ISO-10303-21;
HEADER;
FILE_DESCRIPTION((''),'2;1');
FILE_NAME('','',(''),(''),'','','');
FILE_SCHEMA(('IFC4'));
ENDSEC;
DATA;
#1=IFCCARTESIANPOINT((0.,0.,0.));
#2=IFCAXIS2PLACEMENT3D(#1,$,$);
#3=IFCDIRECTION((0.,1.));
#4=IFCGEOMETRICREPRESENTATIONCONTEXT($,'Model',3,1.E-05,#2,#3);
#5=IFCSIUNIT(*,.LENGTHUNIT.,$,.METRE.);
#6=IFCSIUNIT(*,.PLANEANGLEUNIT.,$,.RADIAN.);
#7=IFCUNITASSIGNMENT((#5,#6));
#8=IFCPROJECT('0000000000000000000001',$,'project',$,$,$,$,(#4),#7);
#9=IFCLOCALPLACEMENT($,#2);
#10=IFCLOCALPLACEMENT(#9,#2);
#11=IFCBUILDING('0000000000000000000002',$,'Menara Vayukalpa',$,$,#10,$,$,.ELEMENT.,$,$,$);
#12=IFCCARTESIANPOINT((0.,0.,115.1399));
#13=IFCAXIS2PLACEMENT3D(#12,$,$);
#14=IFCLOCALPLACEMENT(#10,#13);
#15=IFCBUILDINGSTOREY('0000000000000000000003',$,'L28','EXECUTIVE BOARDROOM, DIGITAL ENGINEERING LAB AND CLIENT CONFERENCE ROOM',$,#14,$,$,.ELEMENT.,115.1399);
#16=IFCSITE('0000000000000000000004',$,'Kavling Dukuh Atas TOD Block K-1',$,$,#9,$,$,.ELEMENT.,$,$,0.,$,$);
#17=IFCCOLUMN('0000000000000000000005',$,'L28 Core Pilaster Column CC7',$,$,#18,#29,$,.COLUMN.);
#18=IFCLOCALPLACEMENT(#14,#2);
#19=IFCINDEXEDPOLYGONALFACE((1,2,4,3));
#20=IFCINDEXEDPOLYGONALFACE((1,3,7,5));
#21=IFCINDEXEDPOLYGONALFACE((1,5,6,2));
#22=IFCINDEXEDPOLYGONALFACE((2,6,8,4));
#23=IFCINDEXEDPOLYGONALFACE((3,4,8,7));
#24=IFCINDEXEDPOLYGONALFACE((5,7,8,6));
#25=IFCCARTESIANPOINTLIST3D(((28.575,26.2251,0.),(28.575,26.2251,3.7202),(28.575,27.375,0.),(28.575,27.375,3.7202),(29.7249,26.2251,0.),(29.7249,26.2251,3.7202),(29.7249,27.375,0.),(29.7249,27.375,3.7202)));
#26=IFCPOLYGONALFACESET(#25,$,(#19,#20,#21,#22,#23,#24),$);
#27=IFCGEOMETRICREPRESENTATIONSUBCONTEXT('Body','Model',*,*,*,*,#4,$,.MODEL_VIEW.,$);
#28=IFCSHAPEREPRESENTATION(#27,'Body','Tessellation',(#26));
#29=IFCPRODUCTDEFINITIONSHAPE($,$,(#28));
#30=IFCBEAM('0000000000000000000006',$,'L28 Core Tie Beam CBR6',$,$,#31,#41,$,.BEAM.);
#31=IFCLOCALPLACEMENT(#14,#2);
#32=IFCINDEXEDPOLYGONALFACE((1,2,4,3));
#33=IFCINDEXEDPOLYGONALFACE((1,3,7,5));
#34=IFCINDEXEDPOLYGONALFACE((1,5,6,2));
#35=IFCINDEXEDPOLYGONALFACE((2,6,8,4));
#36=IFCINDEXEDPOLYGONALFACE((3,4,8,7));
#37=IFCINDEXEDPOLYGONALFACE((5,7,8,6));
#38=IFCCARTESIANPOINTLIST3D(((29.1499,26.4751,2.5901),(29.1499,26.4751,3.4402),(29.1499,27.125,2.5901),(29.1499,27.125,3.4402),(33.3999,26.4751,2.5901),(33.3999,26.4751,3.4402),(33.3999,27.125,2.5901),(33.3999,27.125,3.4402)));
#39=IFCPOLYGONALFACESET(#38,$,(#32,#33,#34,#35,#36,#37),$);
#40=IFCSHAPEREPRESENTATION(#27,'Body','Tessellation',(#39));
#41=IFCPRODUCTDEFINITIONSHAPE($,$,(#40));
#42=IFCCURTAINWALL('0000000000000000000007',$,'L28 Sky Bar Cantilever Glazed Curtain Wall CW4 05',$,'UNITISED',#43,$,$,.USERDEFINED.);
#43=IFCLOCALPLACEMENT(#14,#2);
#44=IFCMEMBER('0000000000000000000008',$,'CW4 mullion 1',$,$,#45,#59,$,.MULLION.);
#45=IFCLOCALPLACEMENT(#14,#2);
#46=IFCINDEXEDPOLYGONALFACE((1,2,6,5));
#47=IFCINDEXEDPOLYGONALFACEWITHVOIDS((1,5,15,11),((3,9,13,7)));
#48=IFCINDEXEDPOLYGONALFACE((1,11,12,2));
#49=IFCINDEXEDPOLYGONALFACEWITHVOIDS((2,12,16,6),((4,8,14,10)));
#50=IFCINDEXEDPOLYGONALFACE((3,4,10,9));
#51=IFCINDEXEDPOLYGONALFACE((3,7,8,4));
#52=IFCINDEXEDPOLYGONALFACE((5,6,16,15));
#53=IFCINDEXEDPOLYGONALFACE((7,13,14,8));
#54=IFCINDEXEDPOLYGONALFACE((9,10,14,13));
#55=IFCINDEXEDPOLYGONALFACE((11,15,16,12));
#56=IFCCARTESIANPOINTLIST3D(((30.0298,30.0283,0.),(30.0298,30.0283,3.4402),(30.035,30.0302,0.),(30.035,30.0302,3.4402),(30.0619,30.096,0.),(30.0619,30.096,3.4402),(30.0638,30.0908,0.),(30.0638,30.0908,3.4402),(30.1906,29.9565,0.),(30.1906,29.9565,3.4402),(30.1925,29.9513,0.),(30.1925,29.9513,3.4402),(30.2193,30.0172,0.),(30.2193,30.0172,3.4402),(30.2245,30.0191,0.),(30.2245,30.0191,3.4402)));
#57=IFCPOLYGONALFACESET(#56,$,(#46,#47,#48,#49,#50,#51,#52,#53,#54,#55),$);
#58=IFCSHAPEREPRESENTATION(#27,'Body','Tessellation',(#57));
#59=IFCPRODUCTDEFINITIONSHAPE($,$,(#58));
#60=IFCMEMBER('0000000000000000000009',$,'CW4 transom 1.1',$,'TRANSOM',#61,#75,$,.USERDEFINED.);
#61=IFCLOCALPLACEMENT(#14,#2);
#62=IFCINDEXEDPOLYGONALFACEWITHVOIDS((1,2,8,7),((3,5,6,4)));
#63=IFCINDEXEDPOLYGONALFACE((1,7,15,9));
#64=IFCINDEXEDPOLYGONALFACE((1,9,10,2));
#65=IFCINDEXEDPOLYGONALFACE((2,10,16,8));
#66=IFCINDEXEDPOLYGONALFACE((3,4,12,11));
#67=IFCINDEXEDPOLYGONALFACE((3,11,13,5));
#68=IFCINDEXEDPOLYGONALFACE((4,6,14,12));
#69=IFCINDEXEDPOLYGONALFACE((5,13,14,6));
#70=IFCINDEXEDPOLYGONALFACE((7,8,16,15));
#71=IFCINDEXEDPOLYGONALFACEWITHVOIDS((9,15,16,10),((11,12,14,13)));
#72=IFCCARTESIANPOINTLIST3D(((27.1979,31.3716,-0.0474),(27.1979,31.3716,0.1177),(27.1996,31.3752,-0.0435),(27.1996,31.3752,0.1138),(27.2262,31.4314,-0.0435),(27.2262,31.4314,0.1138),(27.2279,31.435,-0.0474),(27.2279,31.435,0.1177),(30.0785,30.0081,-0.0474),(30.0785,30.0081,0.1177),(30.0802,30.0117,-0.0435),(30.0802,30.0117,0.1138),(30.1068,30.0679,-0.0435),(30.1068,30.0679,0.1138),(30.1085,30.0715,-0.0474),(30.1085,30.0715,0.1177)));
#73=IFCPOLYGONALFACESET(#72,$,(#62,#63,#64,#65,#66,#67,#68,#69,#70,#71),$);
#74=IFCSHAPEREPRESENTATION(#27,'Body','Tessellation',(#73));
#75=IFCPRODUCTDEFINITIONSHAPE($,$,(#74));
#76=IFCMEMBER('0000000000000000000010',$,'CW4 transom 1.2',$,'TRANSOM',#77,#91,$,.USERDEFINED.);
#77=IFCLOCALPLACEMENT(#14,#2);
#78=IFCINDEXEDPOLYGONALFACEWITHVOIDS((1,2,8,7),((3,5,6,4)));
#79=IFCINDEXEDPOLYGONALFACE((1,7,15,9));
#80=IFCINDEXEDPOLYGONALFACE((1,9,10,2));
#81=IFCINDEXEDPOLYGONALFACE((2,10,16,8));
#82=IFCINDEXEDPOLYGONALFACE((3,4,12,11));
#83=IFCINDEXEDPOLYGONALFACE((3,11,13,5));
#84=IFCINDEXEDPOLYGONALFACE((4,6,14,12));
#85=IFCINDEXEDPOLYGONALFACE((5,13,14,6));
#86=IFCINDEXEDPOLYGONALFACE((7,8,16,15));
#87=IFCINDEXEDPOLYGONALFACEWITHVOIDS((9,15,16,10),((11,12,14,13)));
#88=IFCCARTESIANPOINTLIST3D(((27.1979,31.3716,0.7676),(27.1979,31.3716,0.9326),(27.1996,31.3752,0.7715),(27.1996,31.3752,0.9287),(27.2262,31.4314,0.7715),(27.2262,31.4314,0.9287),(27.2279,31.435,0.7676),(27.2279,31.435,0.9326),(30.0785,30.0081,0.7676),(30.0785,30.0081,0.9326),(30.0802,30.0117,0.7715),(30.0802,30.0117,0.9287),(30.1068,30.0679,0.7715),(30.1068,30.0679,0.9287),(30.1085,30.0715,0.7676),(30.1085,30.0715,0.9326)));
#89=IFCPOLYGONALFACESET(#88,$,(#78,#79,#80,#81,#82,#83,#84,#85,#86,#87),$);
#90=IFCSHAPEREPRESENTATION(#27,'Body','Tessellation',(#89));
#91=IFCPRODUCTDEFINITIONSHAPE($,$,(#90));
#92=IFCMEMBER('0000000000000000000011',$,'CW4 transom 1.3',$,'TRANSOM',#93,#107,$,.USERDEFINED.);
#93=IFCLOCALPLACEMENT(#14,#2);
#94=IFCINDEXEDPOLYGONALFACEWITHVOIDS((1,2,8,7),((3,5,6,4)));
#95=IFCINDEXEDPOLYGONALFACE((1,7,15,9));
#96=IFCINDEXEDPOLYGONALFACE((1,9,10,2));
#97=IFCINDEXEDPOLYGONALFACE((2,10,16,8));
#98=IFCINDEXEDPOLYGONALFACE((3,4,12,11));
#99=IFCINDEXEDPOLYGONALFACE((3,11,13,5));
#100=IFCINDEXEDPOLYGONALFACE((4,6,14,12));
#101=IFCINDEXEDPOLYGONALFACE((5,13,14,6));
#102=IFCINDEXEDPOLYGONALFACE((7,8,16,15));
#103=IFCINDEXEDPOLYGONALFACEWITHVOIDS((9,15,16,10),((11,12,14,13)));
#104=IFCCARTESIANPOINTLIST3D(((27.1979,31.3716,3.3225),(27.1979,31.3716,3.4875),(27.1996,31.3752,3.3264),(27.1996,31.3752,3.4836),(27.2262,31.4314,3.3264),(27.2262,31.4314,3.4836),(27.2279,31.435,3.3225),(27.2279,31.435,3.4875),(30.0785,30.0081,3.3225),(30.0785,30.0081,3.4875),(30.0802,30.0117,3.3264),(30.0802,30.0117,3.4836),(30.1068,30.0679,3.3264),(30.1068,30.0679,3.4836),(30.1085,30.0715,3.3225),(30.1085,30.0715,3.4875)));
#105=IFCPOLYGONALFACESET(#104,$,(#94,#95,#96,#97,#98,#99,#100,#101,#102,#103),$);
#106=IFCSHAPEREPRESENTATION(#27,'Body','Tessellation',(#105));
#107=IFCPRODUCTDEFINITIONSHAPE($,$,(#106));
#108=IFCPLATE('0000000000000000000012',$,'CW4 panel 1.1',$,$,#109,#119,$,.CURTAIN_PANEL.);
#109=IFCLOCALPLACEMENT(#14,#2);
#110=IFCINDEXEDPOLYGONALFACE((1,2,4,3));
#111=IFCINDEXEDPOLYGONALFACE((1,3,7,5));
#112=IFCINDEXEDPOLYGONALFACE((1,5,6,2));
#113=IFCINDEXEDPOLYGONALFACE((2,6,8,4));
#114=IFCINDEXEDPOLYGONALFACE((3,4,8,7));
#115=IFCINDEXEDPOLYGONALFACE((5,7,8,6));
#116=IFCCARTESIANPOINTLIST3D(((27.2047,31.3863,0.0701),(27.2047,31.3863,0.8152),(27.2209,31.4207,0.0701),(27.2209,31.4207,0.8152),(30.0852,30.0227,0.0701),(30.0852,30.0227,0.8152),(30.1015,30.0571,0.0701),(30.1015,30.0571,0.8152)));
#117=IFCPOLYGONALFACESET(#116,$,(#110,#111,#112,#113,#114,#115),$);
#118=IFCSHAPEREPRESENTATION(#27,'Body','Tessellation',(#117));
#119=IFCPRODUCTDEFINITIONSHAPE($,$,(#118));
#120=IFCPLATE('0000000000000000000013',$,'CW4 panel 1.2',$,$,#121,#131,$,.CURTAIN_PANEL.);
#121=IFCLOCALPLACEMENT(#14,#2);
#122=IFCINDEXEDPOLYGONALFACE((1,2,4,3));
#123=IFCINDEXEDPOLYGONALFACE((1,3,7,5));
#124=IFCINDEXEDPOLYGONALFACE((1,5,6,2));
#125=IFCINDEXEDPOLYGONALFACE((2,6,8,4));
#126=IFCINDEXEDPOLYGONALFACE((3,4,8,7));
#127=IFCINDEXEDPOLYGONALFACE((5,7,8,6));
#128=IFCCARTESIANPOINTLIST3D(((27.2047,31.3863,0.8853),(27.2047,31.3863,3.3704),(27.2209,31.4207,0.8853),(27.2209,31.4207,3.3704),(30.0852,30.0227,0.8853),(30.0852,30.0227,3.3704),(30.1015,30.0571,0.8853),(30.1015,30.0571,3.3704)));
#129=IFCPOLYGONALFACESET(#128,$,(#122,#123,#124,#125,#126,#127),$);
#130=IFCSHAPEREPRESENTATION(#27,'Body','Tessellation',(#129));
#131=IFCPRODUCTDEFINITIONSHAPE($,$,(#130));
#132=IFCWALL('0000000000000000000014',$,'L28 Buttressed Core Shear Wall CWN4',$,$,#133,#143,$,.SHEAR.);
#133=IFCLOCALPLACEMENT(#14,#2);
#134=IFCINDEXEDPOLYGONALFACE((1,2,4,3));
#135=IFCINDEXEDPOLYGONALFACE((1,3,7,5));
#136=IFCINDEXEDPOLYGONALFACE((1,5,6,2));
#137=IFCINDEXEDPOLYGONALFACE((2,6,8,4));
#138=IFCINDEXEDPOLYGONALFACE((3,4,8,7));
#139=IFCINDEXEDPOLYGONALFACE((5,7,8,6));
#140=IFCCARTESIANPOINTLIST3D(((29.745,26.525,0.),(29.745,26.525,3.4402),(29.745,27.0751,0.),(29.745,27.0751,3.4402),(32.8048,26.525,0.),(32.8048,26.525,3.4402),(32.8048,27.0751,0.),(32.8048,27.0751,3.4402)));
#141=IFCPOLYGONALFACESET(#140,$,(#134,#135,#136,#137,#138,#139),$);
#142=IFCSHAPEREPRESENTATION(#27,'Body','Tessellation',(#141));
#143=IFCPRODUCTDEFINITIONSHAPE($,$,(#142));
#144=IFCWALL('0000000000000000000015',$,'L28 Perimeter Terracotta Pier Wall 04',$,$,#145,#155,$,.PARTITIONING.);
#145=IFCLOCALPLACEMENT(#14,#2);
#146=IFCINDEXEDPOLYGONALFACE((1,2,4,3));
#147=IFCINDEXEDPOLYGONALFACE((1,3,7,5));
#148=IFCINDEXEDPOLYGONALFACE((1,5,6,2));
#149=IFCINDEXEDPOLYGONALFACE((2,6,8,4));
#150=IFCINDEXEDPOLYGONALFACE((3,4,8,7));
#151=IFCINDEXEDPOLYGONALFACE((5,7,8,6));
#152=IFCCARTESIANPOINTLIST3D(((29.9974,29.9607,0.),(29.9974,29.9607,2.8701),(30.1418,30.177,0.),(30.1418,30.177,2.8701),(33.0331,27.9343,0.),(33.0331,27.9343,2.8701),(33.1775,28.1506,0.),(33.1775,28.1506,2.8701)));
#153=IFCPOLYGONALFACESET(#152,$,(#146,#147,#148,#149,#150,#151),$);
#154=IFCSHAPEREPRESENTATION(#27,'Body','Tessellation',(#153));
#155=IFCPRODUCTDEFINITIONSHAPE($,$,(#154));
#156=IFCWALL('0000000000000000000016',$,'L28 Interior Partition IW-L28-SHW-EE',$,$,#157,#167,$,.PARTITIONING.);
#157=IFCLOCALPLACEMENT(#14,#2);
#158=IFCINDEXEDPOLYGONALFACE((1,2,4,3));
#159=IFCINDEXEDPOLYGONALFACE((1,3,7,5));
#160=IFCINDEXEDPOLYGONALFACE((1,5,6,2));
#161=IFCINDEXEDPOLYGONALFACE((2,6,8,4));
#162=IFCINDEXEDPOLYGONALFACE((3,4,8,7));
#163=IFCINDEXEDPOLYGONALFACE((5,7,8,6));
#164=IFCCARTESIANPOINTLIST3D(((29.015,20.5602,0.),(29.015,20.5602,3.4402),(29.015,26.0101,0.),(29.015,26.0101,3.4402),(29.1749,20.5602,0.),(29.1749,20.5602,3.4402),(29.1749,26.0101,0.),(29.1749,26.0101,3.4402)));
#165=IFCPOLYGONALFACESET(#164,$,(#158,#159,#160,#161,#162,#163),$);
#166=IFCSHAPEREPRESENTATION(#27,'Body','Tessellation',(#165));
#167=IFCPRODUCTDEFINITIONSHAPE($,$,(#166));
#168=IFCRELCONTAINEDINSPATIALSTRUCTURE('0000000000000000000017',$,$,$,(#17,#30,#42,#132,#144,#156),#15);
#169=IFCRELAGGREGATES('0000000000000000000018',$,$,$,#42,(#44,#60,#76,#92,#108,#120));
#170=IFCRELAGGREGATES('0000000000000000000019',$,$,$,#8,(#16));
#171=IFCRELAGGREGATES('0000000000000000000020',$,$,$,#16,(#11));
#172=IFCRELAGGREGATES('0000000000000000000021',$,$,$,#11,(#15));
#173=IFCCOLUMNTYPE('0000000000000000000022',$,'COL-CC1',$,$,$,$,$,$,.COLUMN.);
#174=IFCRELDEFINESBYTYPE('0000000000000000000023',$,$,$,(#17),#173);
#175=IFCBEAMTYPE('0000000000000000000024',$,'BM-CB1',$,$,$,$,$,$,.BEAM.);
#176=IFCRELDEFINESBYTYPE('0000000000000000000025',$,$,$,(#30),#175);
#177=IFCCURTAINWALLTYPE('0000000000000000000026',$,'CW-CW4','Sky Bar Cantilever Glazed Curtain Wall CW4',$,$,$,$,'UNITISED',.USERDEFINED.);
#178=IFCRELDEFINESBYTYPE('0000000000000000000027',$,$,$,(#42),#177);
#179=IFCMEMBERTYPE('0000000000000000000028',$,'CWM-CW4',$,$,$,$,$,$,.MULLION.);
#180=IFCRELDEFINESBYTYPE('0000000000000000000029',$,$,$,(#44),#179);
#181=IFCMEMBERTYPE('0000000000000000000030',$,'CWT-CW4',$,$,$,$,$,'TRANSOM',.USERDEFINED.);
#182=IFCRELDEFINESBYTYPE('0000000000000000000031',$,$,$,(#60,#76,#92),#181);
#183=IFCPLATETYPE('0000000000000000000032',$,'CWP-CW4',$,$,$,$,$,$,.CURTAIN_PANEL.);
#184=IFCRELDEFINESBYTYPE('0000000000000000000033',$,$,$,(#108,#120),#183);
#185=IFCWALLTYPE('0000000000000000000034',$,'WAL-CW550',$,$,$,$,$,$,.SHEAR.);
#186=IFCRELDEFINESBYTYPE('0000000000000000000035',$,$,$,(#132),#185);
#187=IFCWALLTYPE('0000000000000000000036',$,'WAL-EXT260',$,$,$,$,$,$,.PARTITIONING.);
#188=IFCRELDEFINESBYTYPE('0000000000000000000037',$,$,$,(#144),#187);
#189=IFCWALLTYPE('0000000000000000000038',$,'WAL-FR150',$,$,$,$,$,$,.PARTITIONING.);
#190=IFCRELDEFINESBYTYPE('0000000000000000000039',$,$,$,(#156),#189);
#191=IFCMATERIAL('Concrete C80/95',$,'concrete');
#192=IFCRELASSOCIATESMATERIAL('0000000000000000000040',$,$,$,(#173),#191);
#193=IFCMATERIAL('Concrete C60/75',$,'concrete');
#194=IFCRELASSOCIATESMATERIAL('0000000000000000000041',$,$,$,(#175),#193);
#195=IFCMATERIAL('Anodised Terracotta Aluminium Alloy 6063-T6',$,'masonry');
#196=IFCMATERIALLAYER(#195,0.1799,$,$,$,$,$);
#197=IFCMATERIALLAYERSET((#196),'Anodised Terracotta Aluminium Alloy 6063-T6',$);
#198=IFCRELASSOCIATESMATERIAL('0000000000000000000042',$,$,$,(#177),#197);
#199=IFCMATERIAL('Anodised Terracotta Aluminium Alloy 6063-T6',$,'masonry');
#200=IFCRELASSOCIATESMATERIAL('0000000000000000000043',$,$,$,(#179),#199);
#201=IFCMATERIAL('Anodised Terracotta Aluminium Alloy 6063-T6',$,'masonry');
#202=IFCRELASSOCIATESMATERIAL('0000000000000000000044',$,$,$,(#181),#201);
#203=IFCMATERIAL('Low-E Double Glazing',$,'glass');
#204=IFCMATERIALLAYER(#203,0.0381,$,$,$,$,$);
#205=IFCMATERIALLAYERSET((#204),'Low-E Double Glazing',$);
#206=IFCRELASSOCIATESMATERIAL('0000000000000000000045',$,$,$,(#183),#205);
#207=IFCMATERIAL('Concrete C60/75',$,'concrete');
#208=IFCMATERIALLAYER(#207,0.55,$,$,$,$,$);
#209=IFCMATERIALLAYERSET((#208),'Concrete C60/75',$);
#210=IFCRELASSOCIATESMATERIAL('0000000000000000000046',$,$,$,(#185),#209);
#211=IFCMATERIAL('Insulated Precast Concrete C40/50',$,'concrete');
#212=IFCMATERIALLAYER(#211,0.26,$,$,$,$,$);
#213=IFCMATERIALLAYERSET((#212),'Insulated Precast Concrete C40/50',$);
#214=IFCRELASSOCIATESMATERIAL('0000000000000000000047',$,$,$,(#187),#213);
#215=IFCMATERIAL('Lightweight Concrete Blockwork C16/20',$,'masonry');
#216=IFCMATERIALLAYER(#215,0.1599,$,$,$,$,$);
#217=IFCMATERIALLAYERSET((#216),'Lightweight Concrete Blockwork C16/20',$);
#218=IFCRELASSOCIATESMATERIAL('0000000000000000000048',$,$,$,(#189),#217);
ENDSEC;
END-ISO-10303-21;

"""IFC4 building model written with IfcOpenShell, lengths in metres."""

from ifc_helpers import new_model, si_unit, direction, frame, frame_2d, origin, origin_2d, place, context, subcontext, project, spatial, rectangle, hollow_rectangle, extrude, material, layer, layer_set, material_profile, profile_set, type_object, element, aggregate, save


model = new_model("IFC4")

# Units and contexts
model_context = context("Model", 3, precision=1e-05, world=origin(), true_north=direction((0.0, 1.0)))
body_context = subcontext(model_context, "Body", "Model", "MODEL_VIEW")
ifc_project = project(units=[si_unit("LENGTHUNIT", "METRE"), si_unit("PLANEANGLEUNIT", "RADIAN")], contexts=[model_context])

# Site, building, storey
site_placement = place(None, origin())
site = spatial("IfcSite", under=ifc_project, at=site_placement, Name="Kavling Dukuh Atas TOD Block K-1", CompositionType="ELEMENT", RefElevation=0.0)
building_placement = place(site_placement, origin())
building = spatial("IfcBuilding", under=site, at=building_placement, Name="Menara Vayukalpa", CompositionType="ELEMENT")
storey_placement = place(building_placement, frame((0.0, 0.0, 115.1399)))
storey = spatial("IfcBuildingStorey", under=building, at=storey_placement, Name="L28", Description="EXECUTIVE BOARDROOM, DIGITAL ENGINEERING LAB AND CLIENT CONFERENCE ROOM", CompositionType="ELEMENT", Elevation=115.1399)

# Column
ifc_material_1 = material(Name="Concrete C80/95", Category="concrete")
ifc_material_profile_1 = material_profile(ifc_material_1, rectangle(XDim=1.1499, YDim=1.1499, at=origin_2d()), Name="RC 1150x1150")
ifc_profile_set_1 = profile_set([ifc_material_profile_1], Name="Concrete C80/95")
column_type = type_object("IfcColumnType", Name="COL-CC1", PredefinedType="COLUMN", material=ifc_profile_set_1)
column_placement = place(storey_placement, frame((29.1499, 26.8, 0.0), z_axis=(0.0, 0.0, 1.0), x_axis=(1.0, 0.0, 0.0)))
element("IfcColumn", 1, at=column_placement, inside=storey, type_object=column_type, Name="L28 Core Pilaster Column CC7", PredefinedType="COLUMN", context=body_context, shape_type="SweptSolid", body=[
    extrude(rectangle(XDim=1.1499, YDim=1.1499, at=origin_2d()), origin(), (0.0, 0.0, 1.0), 3.7202),
])

# Beam
ifc_material_2 = material(Name="Concrete C60/75", Category="concrete")
ifc_material_profile_2 = material_profile(ifc_material_2, rectangle(XDim=0.6499, YDim=0.8501, at=origin_2d()), Name="RC 650x850")
ifc_profile_set_2 = profile_set([ifc_material_profile_2], Name="Concrete C60/75")
beam_type = type_object("IfcBeamType", Name="BM-CB1", PredefinedType="BEAM", material=ifc_profile_set_2)
beam_placement = place(storey_placement, frame((29.1499, 26.8, 3.0151), z_axis=(1.0, 0.0, 0.0), x_axis=(0.0, 1.0, 0.0)))
element("IfcBeam", 2, at=beam_placement, inside=storey, type_object=beam_type, Name="L28 Core Tie Beam CBR6", PredefinedType="BEAM", context=body_context, shape_type="SweptSolid", body=[
    extrude(rectangle(XDim=0.6499, YDim=0.8501, at=origin_2d()), origin(), (0.0, 0.0, 1.0), 4.25),
])

# Curtain wall, members, plates
ifc_material_3 = material(Name="Anodised Terracotta Aluminium Alloy 6063-T6", Category="masonry")
ifc_layer_1 = layer(ifc_material_3, 0.1799)
ifc_layer_set_1 = layer_set([ifc_layer_1], Name="Anodised Terracotta Aluminium Alloy 6063-T6")
curtain_wall_type = type_object("IfcCurtainWallType", Name="CW-CW4", Description="Sky Bar Cantilever Glazed Curtain Wall CW4", ElementType="UNITISED", PredefinedType="USERDEFINED", material=ifc_layer_set_1)
curtain_wall_placement = place(storey_placement, origin())
curtain_wall = element("IfcCurtainWall", 3, at=curtain_wall_placement, inside=storey, type_object=curtain_wall_type, Name="L28 Sky Bar Cantilever Glazed Curtain Wall CW4 05", ObjectType="UNITISED", PredefinedType="USERDEFINED")
ifc_material_4 = material(Name="Anodised Terracotta Aluminium Alloy 6063-T6", Category="masonry")
ifc_material_profile_3 = material_profile(ifc_material_4, hollow_rectangle(XDim=0.075, YDim=0.1799, WallThickness=0.0039, at=origin_2d()), Name="ALU 75x180x4")
ifc_profile_set_3 = profile_set([ifc_material_profile_3], Name="Anodised Terracotta Aluminium Alloy 6063-T6")
member_type_1 = type_object("IfcMemberType", Name="CWM-CW4", PredefinedType="MULLION", material=ifc_profile_set_3)
member_1_placement = place(storey_placement, frame((30.1272, 30.0237, 0.0), z_axis=(0.0, 0.0, 1.0), x_axis=(-0.427871, -0.90384, 0.0)))
member_1 = element("IfcMember", 4, at=member_1_placement, type_object=member_type_1, Name="CW4 mullion 1", PredefinedType="MULLION", context=body_context, shape_type="SweptSolid", body=[
    extrude(hollow_rectangle(XDim=0.075, YDim=0.1799, WallThickness=0.0039, at=origin_2d()), origin(), (0.0, 0.0, 1.0), 3.4402),
])
ifc_material_5 = material(Name="Anodised Terracotta Aluminium Alloy 6063-T6", Category="masonry")
ifc_material_profile_4 = material_profile(ifc_material_5, hollow_rectangle(XDim=0.0701, YDim=0.165, WallThickness=0.0039, at=origin_2d()), Name="ALU 70x165x4")
ifc_profile_set_4 = profile_set([ifc_material_profile_4], Name="Anodised Terracotta Aluminium Alloy 6063-T6")
member_type_2 = type_object("IfcMemberType", Name="CWT-CW4", ElementType="TRANSOM", PredefinedType="USERDEFINED", material=ifc_profile_set_4)
member_2_placement = place(storey_placement, frame((30.0935, 30.0398, 0.0352), z_axis=(-0.903856, 0.427836, 0.0), x_axis=(-0.427836, -0.903856, 0.0)))
member_2 = element("IfcMember", 5, at=member_2_placement, type_object=member_type_2, Name="CW4 transom 1.1", ObjectType="TRANSOM", PredefinedType="USERDEFINED", context=body_context, shape_type="SweptSolid", body=[
    extrude(hollow_rectangle(XDim=0.0701, YDim=0.165, WallThickness=0.0039, at=origin_2d()), origin(), (0.0, 0.0, 1.0), 3.187),
])
member_3_placement = place(storey_placement, frame((30.0935, 30.0398, 0.8501), z_axis=(-0.903856, 0.427836, 0.0), x_axis=(-0.427836, -0.903856, 0.0)))
member_3 = element("IfcMember", 6, at=member_3_placement, type_object=member_type_2, Name="CW4 transom 1.2", ObjectType="TRANSOM", PredefinedType="USERDEFINED", context=body_context, shape_type="SweptSolid", body=[
    extrude(hollow_rectangle(XDim=0.0701, YDim=0.165, WallThickness=0.0039, at=origin_2d()), origin(), (0.0, 0.0, 1.0), 3.187),
])
member_4_placement = place(storey_placement, frame((30.0935, 30.0398, 3.405), z_axis=(-0.903856, 0.427836, 0.0), x_axis=(-0.427836, -0.903856, 0.0)))
member_4 = element("IfcMember", 7, at=member_4_placement, type_object=member_type_2, Name="CW4 transom 1.3", ObjectType="TRANSOM", PredefinedType="USERDEFINED", context=body_context, shape_type="SweptSolid", body=[
    extrude(hollow_rectangle(XDim=0.0701, YDim=0.165, WallThickness=0.0039, at=origin_2d()), origin(), (0.0, 0.0, 1.0), 3.187),
])
ifc_material_6 = material(Name="Low-E Double Glazing", Category="glass")
ifc_layer_2 = layer(ifc_material_6, 0.0381)
ifc_layer_set_2 = layer_set([ifc_layer_2], Name="Low-E Double Glazing")
plate_type = type_object("IfcPlateType", Name="CWP-CW4", PredefinedType="CURTAIN_PANEL", material=ifc_layer_set_2)
plate_1_placement = place(storey_placement, frame((28.6531, 30.7217, 0.0701), z_axis=(0.0, 0.0, 1.0), x_axis=(-0.90384, 0.427871, 0.0)))
plate_1 = element("IfcPlate", 8, at=plate_1_placement, type_object=plate_type, Name="CW4 panel 1.1", PredefinedType="CURTAIN_PANEL", context=body_context, shape_type="SweptSolid", body=[
    extrude(rectangle(XDim=3.187, YDim=0.0381, at=origin_2d()), origin(), (0.0, 0.0, 1.0), 0.7451),
])
plate_2_placement = place(storey_placement, frame((28.6531, 30.7217, 0.8853), z_axis=(0.0, 0.0, 1.0), x_axis=(-0.90384, 0.427871, 0.0)))
plate_2 = element("IfcPlate", 9, at=plate_2_placement, type_object=plate_type, Name="CW4 panel 1.2", PredefinedType="CURTAIN_PANEL", context=body_context, shape_type="SweptSolid", body=[
    extrude(rectangle(XDim=3.187, YDim=0.0381, at=origin_2d()), origin(), (0.0, 0.0, 1.0), 2.4851),
])
aggregate(curtain_wall, [member_1, member_2, member_3, member_4, plate_1, plate_2])

# Walls
ifc_material_7 = material(Name="Concrete C60/75", Category="concrete")
ifc_layer_3 = layer(ifc_material_7, 0.55)
ifc_layer_set_3 = layer_set([ifc_layer_3], Name="Concrete C60/75")
wall_type_1 = type_object("IfcWallType", Name="WAL-CW550", PredefinedType="SHEAR", material=ifc_layer_set_3)
wall_1_placement = place(storey_placement, frame((29.7451, 26.8, 0.0), z_axis=(0.0, 0.0, 1.0), x_axis=(1.0, 0.0, 0.0)))
element("IfcWall", 10, at=wall_1_placement, inside=storey, type_object=wall_type_1, Name="L28 Buttressed Core Shear Wall CWN4", PredefinedType="SHEAR", context=body_context, shape_type="SweptSolid", body=[
    extrude(rectangle(XDim=3.0598, YDim=0.55, at=frame_2d((1.5298, 0.0))), origin(), (0.0, 0.0, 1.0), 3.4402),
])
ifc_material_8 = material(Name="Insulated Precast Concrete C40/50", Category="concrete")
ifc_layer_4 = layer(ifc_material_8, 0.26)
ifc_layer_set_4 = layer_set([ifc_layer_4], Name="Insulated Precast Concrete C40/50")
wall_type_2 = type_object("IfcWallType", Name="WAL-EXT260", PredefinedType="PARTITIONING", material=ifc_layer_set_4)
wall_2_placement = place(storey_placement, frame((30.0696, 30.0688, 0.0), z_axis=(0.0, 0.0, 1.0), x_axis=(0.831721, -0.555194, 0.0)))
element("IfcWall", 11, at=wall_2_placement, inside=storey, type_object=wall_type_2, Name="L28 Perimeter Terracotta Pier Wall 04", PredefinedType="PARTITIONING", context=body_context, shape_type="SweptSolid", body=[
    extrude(rectangle(XDim=3.6499, YDim=0.26, at=frame_2d((1.825, 0.0))), origin(), (0.0, 0.0, 1.0), 2.8701),
])
ifc_material_9 = material(Name="Lightweight Concrete Blockwork C16/20", Category="masonry")
ifc_layer_5 = layer(ifc_material_9, 0.1599)
ifc_layer_set_5 = layer_set([ifc_layer_5], Name="Lightweight Concrete Blockwork C16/20")
wall_type_3 = type_object("IfcWallType", Name="WAL-FR150", PredefinedType="PARTITIONING", material=ifc_layer_set_5)
wall_3_placement = place(storey_placement, frame((29.095, 20.5601, 0.0), z_axis=(0.0, 0.0, 1.0), x_axis=(0.0, 1.0, 0.0)))
element("IfcWall", 12, at=wall_3_placement, inside=storey, type_object=wall_type_3, Name="L28 Interior Partition IW-L28-SHW-EE", PredefinedType="PARTITIONING", context=body_context, shape_type="SweptSolid", body=[
    extrude(rectangle(XDim=5.45, YDim=0.1599, at=frame_2d((2.7251, 0.0))), origin(), (0.0, 0.0, 1.0), 3.4402),
])

save(model, "model.ifc")
